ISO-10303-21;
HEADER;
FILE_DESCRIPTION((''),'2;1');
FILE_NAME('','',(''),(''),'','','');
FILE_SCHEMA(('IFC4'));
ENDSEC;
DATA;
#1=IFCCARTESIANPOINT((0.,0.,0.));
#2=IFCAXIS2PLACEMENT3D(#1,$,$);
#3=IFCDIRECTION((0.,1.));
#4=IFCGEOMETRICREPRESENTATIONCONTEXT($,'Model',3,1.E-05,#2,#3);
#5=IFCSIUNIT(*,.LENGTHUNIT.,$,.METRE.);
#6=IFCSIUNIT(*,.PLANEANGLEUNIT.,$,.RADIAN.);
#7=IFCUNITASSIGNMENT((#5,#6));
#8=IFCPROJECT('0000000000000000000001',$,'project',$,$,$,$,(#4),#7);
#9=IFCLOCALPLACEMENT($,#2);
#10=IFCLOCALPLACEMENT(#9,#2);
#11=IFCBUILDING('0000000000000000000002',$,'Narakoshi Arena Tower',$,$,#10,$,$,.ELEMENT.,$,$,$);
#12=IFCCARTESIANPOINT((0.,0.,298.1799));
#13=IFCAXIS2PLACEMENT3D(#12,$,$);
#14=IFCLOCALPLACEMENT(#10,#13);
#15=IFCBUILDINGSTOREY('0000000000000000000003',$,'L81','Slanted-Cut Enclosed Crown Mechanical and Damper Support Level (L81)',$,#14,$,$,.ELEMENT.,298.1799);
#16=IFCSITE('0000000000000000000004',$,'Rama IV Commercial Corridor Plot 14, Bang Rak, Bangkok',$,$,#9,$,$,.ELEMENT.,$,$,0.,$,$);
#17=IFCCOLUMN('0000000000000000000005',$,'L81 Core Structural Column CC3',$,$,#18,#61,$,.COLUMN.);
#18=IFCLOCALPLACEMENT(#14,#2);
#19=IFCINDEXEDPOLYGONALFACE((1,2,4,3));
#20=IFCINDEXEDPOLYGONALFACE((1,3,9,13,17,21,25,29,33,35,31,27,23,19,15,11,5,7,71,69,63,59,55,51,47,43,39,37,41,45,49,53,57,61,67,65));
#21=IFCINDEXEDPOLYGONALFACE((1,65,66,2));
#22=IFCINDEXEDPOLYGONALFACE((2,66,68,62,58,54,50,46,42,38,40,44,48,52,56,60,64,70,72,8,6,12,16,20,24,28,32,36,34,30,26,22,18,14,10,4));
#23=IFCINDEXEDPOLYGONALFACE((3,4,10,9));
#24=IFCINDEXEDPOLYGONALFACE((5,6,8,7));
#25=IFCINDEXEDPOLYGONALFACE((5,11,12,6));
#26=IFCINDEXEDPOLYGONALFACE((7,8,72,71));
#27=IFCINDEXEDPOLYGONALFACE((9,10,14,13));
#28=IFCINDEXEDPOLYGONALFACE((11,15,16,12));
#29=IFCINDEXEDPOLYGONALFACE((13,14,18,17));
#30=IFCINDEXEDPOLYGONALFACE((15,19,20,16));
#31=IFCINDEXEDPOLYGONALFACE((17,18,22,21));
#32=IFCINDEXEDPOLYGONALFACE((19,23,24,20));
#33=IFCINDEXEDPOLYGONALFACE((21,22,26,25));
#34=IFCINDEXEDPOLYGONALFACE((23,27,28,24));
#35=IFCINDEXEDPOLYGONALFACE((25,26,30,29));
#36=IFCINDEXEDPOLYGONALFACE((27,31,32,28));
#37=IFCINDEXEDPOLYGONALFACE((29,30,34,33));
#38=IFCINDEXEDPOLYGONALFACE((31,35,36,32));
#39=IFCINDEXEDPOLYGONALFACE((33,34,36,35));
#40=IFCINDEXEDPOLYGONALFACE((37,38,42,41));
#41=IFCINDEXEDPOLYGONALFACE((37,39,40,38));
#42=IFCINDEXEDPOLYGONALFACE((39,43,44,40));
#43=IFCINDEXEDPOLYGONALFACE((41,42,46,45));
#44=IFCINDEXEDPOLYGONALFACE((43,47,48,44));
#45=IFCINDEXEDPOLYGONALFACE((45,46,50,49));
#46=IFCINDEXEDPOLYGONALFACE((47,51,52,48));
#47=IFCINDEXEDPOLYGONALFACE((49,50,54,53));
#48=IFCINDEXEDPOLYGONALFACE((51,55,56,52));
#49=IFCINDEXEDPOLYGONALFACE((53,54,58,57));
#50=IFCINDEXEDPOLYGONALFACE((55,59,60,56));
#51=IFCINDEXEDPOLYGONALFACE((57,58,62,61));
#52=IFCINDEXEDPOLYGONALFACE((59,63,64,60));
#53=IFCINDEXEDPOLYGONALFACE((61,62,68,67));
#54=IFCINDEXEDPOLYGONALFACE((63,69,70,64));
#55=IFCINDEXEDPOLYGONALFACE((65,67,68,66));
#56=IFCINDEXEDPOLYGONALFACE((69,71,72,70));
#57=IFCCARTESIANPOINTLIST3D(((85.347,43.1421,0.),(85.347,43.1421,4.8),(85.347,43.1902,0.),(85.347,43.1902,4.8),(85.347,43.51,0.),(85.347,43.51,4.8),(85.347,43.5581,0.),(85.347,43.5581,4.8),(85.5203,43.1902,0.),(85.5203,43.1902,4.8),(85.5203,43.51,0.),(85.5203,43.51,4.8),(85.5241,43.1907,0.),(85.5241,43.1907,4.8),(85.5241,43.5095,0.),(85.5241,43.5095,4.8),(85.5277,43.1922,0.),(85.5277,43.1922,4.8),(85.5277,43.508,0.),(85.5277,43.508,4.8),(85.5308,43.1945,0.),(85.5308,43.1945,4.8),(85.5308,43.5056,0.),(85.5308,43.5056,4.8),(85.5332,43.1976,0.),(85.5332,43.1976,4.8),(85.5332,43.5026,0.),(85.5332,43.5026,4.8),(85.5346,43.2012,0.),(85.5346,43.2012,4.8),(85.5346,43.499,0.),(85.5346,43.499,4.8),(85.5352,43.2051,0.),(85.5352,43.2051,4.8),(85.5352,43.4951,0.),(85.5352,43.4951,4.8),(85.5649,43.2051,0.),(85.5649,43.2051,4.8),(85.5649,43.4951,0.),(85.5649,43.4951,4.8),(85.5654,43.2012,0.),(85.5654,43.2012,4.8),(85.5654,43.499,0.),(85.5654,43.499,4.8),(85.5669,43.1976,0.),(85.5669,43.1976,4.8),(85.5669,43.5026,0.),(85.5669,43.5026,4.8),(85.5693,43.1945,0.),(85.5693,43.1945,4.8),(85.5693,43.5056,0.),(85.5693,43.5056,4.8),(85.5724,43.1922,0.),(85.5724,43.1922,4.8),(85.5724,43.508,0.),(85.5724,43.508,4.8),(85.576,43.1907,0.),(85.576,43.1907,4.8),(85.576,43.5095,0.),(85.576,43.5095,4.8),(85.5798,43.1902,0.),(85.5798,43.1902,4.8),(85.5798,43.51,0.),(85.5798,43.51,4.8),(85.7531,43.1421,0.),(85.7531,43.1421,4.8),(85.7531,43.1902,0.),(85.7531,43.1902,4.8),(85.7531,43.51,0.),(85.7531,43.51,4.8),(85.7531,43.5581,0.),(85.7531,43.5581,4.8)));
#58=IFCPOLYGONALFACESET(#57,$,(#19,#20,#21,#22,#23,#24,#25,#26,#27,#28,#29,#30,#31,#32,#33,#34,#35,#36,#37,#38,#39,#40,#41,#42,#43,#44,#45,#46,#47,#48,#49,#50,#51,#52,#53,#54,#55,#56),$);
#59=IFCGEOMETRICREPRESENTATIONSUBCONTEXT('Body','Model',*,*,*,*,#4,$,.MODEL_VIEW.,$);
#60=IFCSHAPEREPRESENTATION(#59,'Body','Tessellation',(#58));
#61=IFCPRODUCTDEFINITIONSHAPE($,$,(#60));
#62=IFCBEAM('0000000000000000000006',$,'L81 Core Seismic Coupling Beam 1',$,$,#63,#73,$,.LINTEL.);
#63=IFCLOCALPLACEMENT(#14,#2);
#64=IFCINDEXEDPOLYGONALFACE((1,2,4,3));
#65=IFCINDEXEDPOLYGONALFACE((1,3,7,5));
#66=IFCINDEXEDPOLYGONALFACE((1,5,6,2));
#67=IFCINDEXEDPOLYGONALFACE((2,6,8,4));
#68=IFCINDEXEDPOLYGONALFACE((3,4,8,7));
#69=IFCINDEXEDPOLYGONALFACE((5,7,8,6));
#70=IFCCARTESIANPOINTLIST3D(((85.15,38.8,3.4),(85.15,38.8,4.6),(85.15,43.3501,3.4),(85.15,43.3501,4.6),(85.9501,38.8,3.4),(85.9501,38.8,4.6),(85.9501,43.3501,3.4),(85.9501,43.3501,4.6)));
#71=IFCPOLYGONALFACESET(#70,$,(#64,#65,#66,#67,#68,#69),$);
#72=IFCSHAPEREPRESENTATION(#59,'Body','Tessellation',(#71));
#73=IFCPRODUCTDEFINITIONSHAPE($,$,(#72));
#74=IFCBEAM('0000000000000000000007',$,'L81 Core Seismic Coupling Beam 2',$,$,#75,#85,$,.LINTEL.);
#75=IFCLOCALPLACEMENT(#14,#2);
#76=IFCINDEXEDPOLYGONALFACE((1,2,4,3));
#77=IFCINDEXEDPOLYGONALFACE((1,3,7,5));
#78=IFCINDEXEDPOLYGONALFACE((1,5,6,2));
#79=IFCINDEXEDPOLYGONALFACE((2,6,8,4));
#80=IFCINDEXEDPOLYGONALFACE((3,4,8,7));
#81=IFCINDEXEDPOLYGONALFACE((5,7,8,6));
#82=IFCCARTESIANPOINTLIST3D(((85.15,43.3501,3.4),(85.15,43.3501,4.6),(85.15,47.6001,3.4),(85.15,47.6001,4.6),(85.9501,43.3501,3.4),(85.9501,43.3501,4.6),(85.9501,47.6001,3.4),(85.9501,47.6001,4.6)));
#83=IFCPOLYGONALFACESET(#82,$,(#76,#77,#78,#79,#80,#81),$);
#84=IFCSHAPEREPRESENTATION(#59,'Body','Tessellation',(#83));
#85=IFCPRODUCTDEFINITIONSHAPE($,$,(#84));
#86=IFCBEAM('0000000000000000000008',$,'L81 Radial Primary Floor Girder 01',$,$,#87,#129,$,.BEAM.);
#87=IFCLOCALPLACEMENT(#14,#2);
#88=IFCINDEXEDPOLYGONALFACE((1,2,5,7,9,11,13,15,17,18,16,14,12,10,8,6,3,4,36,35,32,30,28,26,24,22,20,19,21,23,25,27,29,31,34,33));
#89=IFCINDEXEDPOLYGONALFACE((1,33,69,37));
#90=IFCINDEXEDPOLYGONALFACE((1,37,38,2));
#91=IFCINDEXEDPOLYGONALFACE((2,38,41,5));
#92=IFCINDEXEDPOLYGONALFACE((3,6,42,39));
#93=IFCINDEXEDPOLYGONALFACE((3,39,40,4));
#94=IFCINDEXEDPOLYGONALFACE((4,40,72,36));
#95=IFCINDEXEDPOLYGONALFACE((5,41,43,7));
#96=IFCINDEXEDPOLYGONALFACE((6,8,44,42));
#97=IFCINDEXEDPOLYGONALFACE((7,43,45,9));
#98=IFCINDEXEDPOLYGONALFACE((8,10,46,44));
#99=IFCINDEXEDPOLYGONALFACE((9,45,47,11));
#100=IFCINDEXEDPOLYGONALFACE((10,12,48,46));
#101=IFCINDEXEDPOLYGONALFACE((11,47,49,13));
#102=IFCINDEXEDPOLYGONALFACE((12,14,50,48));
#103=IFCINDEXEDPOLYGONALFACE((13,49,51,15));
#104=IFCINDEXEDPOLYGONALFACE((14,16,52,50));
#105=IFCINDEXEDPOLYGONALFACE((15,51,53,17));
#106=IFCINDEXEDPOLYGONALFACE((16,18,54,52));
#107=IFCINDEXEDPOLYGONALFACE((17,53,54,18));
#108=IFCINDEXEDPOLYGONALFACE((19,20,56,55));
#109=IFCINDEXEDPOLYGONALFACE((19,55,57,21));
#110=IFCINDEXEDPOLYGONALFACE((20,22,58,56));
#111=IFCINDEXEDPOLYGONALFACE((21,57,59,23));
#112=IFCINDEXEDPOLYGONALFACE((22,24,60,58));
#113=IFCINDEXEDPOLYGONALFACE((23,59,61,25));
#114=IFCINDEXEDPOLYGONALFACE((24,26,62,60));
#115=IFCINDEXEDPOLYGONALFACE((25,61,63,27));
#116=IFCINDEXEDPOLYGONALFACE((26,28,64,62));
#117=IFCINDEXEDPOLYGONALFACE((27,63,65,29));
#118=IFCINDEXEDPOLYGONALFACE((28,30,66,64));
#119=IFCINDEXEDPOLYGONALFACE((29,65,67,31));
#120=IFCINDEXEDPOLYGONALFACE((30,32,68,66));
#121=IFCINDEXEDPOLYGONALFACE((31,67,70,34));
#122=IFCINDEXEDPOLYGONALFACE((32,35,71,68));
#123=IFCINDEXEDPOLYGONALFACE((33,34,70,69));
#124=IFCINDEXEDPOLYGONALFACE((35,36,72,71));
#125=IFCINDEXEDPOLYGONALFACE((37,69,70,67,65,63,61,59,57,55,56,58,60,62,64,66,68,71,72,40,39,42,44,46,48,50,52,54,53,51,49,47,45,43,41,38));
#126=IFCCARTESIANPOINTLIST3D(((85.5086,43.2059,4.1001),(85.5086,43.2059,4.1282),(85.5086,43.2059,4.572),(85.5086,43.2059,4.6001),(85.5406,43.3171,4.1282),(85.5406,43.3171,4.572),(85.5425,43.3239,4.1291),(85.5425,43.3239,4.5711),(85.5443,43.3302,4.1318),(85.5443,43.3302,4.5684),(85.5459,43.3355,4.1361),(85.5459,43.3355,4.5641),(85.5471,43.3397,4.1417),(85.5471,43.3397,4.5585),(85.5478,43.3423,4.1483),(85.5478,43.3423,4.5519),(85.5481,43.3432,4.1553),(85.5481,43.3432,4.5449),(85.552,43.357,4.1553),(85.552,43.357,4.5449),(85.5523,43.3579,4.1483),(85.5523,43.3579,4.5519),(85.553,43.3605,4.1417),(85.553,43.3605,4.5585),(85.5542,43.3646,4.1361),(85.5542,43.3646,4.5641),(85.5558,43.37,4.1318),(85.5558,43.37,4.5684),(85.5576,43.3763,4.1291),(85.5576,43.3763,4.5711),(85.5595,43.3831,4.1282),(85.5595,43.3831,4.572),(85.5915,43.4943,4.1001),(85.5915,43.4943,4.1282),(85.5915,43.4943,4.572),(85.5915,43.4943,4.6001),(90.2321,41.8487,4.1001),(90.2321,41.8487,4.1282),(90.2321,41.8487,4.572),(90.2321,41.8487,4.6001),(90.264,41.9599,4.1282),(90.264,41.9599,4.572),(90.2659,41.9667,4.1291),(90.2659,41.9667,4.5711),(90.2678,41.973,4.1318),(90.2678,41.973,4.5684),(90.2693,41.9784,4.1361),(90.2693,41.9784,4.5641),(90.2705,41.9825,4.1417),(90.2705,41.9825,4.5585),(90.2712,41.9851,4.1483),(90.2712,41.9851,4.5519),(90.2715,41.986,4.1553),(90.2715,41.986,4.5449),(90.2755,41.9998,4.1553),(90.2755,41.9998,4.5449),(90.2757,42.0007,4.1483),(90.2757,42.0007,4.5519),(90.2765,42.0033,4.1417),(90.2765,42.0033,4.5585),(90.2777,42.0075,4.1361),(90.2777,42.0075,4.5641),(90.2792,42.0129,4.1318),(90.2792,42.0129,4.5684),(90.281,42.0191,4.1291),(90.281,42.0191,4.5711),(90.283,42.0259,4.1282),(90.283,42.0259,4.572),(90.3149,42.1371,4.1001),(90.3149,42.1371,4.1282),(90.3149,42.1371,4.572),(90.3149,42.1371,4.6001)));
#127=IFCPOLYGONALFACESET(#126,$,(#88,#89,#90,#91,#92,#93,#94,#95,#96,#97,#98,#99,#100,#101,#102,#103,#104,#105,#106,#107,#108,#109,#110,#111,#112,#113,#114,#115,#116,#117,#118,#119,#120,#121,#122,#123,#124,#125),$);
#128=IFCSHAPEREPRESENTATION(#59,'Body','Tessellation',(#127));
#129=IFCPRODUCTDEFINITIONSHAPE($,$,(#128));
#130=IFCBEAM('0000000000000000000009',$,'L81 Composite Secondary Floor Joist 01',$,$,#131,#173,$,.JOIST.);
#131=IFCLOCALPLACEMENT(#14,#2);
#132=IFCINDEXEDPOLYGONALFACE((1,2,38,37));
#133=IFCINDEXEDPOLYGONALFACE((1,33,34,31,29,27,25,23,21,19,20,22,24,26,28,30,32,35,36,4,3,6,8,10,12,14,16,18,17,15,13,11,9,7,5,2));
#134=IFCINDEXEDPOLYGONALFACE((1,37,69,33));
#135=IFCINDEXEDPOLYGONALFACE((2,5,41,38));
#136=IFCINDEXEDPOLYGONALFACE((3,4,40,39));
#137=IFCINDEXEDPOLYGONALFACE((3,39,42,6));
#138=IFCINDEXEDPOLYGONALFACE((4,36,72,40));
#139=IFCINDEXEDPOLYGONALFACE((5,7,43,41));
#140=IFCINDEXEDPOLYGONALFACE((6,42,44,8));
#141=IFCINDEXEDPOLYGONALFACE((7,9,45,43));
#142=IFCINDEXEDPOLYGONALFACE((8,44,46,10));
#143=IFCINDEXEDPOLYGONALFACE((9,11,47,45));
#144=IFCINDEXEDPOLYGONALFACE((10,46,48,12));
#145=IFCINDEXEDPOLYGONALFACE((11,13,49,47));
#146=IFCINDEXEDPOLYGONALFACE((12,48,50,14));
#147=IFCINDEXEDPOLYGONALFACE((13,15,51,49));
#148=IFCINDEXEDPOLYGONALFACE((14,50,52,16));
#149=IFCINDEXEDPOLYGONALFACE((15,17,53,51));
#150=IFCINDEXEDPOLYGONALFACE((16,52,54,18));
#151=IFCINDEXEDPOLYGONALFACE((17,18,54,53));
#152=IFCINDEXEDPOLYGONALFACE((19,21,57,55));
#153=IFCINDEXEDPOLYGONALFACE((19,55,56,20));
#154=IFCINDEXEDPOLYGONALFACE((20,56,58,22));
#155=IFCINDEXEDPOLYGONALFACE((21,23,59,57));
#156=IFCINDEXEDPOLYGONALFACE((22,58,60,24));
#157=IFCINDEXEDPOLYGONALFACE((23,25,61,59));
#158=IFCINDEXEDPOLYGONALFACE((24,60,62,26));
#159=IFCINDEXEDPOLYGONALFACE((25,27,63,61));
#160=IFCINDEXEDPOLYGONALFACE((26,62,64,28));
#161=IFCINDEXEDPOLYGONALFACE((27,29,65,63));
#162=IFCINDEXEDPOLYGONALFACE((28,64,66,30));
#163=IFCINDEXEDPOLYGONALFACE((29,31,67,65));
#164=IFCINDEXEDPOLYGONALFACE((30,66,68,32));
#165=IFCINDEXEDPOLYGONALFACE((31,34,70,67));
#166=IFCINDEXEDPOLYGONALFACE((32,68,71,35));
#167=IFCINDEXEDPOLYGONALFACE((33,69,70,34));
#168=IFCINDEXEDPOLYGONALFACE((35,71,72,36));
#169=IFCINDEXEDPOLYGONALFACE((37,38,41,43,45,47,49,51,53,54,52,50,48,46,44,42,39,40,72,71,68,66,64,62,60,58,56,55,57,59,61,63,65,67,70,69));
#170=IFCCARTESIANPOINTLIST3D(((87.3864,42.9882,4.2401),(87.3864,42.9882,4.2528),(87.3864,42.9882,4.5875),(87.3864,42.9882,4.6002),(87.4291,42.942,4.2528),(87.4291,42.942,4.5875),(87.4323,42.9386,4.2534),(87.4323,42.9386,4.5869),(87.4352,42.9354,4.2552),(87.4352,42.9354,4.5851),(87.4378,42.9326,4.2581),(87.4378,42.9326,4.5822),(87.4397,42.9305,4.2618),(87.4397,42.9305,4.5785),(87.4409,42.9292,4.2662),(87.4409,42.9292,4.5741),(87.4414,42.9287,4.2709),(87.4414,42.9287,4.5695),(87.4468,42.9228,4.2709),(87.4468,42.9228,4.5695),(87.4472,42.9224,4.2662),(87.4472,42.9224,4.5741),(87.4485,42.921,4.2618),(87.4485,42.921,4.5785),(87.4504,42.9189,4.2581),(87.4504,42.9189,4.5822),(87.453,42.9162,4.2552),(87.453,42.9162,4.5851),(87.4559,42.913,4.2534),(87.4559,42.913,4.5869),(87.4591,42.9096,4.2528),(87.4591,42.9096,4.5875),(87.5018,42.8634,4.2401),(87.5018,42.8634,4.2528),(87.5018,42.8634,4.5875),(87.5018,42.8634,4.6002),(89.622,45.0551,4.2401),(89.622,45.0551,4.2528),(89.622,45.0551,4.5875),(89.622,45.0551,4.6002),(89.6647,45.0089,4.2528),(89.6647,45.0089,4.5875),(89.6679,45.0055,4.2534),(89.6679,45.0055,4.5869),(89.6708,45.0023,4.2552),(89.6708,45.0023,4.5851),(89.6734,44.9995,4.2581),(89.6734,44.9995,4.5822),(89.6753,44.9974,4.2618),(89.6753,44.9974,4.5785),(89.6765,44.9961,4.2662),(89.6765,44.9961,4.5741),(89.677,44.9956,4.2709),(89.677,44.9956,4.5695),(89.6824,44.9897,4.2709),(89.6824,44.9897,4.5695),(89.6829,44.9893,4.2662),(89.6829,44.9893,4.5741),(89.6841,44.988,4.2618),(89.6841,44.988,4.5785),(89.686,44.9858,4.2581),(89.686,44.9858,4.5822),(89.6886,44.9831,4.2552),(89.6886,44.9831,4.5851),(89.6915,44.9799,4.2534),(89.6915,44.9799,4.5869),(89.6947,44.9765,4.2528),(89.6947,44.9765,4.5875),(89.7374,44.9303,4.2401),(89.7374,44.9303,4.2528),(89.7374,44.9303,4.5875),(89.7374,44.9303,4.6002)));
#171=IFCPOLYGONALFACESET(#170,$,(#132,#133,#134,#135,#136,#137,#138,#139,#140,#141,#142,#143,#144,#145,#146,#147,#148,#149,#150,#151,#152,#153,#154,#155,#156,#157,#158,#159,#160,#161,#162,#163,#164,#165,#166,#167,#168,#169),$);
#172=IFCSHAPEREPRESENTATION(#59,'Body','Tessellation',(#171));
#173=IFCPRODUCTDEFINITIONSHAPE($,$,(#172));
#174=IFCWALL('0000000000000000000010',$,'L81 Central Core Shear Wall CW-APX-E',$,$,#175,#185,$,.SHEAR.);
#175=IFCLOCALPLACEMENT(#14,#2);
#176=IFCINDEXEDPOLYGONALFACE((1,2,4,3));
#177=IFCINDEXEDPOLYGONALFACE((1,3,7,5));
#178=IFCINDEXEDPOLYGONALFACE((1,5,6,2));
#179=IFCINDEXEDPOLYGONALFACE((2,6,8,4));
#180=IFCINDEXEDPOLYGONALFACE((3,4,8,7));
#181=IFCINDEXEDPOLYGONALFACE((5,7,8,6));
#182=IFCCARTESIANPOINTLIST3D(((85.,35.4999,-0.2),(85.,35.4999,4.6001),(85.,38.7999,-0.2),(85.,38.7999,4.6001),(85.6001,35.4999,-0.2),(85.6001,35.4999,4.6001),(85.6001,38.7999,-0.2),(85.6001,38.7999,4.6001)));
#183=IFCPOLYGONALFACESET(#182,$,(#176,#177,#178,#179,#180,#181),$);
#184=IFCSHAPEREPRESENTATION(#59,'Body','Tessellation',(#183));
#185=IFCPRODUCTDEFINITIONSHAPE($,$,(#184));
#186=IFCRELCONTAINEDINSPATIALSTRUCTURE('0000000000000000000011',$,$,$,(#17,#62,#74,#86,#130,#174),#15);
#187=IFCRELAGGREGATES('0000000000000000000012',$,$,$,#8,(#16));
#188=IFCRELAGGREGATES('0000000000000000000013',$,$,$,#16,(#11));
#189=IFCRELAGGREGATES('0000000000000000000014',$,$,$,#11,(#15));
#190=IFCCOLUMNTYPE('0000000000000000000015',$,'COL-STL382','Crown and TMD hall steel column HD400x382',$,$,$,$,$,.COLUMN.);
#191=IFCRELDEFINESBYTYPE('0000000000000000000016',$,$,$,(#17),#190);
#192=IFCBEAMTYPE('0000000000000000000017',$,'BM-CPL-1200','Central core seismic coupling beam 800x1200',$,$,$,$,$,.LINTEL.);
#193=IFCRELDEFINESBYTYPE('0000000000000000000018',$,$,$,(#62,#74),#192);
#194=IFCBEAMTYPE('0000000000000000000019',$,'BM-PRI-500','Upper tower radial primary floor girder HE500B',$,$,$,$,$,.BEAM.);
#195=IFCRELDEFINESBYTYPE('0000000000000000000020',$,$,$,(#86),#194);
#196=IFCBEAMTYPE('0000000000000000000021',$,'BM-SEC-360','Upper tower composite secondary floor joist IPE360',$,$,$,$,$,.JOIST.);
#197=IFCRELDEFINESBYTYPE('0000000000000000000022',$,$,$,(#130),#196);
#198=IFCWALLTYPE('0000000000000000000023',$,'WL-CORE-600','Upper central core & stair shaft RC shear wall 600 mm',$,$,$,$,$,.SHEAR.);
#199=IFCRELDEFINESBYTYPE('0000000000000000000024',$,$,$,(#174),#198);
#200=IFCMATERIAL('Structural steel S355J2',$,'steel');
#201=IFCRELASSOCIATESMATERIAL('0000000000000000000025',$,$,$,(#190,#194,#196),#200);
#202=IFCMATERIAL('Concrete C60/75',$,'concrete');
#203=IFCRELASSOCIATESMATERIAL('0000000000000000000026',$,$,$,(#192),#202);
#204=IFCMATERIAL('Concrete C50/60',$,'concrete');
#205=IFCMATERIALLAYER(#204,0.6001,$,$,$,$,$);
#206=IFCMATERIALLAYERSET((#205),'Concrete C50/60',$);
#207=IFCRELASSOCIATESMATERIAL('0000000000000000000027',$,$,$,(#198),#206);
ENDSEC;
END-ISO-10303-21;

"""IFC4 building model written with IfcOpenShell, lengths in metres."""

from ifc_helpers import new_model, si_unit, direction, frame, frame_2d, origin, origin_2d, place, context, subcontext, project, spatial, rectangle, i_section, extrude, material, layer, layer_set, material_profile, profile_set, type_object, element, save


model = new_model("IFC4")

# Units and contexts
model_context = context("Model", 3, precision=1e-05, world=origin(), true_north=direction((0.0, 1.0)))
body_context = subcontext(model_context, "Body", "Model", "MODEL_VIEW")
ifc_project = project(units=[si_unit("LENGTHUNIT", "METRE"), si_unit("PLANEANGLEUNIT", "RADIAN")], contexts=[model_context])

# Site, building, storey
site_placement = place(None, origin())
site = spatial("IfcSite", under=ifc_project, at=site_placement, Name="Rama IV Commercial Corridor Plot 14, Bang Rak, Bangkok", CompositionType="ELEMENT", RefElevation=0.0)
building_placement = place(site_placement, origin())
building = spatial("IfcBuilding", under=site, at=building_placement, Name="Narakoshi Arena Tower", CompositionType="ELEMENT")
storey_placement = place(building_placement, frame((0.0, 0.0, 298.1799)))
storey = spatial("IfcBuildingStorey", under=building, at=storey_placement, Name="L81", Description="Slanted-Cut Enclosed Crown Mechanical and Damper Support Level (L81)", CompositionType="ELEMENT", Elevation=298.1799)

# Column
ifc_material_1 = material(Name="Structural steel S355J2", Category="steel")
ifc_material_profile_1 = material_profile(ifc_material_1, i_section(OverallWidth=0.406, OverallDepth=0.416, WebThickness=0.0298, FlangeThickness=0.0481, FilletRadius=0.0149, at=origin_2d()), Name="HD400x382")
ifc_profile_set_1 = profile_set([ifc_material_profile_1], Name="Structural steel S355J2")
column_type = type_object("IfcColumnType", Name="COL-STL382", Description="Crown and TMD hall steel column HD400x382", PredefinedType="COLUMN", material=ifc_profile_set_1)
column_placement = place(storey_placement, frame((85.55, 43.3501, 0.0), z_axis=(0.0, 0.0, 1.0), x_axis=(1.0, 0.0, 0.0)))
element("IfcColumn", 1, at=column_placement, inside=storey, type_object=column_type, Name="L81 Core Structural Column CC3", PredefinedType="COLUMN", context=body_context, shape_type="SweptSolid", body=[
    extrude(i_section(OverallWidth=0.406, OverallDepth=0.416, WebThickness=0.0298, FlangeThickness=0.0481, FilletRadius=0.0149, at=origin_2d()), origin(), (0.0, 0.0, 1.0), 4.8),
])

# Beams
ifc_material_2 = material(Name="Concrete C60/75", Category="concrete")
ifc_material_profile_2 = material_profile(ifc_material_2, rectangle(XDim=0.8, YDim=1.2, at=origin_2d()), Name="RCB800x1200")
ifc_profile_set_2 = profile_set([ifc_material_profile_2], Name="Concrete C60/75")
beam_type_1 = type_object("IfcBeamType", Name="BM-CPL-1200", Description="Central core seismic coupling beam 800x1200", PredefinedType="LINTEL", material=ifc_profile_set_2)
beam_1_placement = place(storey_placement, frame((85.55, 38.8, 4.0), z_axis=(0.0, 1.0, 0.0), x_axis=(-1.0, 0.0, 0.0)))
element("IfcBeam", 2, at=beam_1_placement, inside=storey, type_object=beam_type_1, Name="L81 Core Seismic Coupling Beam 1", PredefinedType="LINTEL", context=body_context, shape_type="SweptSolid", body=[
    extrude(rectangle(XDim=0.8, YDim=1.2, at=origin_2d()), origin(), (0.0, 0.0, 1.0), 4.55),
])
beam_2_placement = place(storey_placement, frame((85.55, 43.3501, 4.0), z_axis=(0.0, 1.0, 0.0), x_axis=(-1.0, 0.0, 0.0)))
element("IfcBeam", 3, at=beam_2_placement, inside=storey, type_object=beam_type_1, Name="L81 Core Seismic Coupling Beam 2", PredefinedType="LINTEL", context=body_context, shape_type="SweptSolid", body=[
    extrude(rectangle(XDim=0.8, YDim=1.2, at=origin_2d()), origin(), (0.0, 0.0, 1.0), 4.25),
])
ifc_material_profile_3 = material_profile(ifc_material_1, i_section(OverallWidth=0.3, OverallDepth=0.5, WebThickness=0.0144, FlangeThickness=0.0281, FilletRadius=0.0271, at=origin_2d()), Name="HE500B")
ifc_profile_set_3 = profile_set([ifc_material_profile_3], Name="Structural steel S355J2")
beam_type_2 = type_object("IfcBeamType", Name="BM-PRI-500", Description="Upper tower radial primary floor girder HE500B", PredefinedType="BEAM", material=ifc_profile_set_3)
beam_3_placement = place(storey_placement, frame((85.55, 43.3501, 4.3501), z_axis=(0.961112, -0.276158, 0.0), x_axis=(0.276158, 0.961112, 0.0)))
element("IfcBeam", 4, at=beam_3_placement, inside=storey, type_object=beam_type_2, Name="L81 Radial Primary Floor Girder 01", PredefinedType="BEAM", context=body_context, shape_type="SweptSolid", body=[
    extrude(i_section(OverallWidth=0.3, OverallDepth=0.5, WebThickness=0.0144, FlangeThickness=0.0281, FilletRadius=0.0271, at=origin_2d()), origin(), (0.0, 0.0, 1.0), 4.9146),
])
ifc_material_profile_4 = material_profile(ifc_material_1, i_section(OverallWidth=0.1699, OverallDepth=0.3601, WebThickness=0.0081, FlangeThickness=0.0127, FilletRadius=0.0181, at=origin_2d()), Name="IPE360")
ifc_profile_set_4 = profile_set([ifc_material_profile_4], Name="Structural steel S355J2")
beam_type_3 = type_object("IfcBeamType", Name="BM-SEC-360", Description="Upper tower composite secondary floor joist IPE360", PredefinedType="JOIST", material=ifc_profile_set_4)
beam_4_placement = place(storey_placement, frame((87.4441, 42.9258, 4.4202), z_axis=(0.734268, 0.678859, 0.0), x_axis=(-0.678859, 0.734268, 0.0)))
element("IfcBeam", 5, at=beam_4_placement, inside=storey, type_object=beam_type_3, Name="L81 Composite Secondary Floor Joist 01", PredefinedType="JOIST", context=body_context, shape_type="SweptSolid", body=[
    extrude(i_section(OverallWidth=0.1699, OverallDepth=0.3601, WebThickness=0.0081, FlangeThickness=0.0127, FilletRadius=0.0181, at=origin_2d()), origin(), (0.0, 0.0, 1.0), 3.0447),
])

# Wall
ifc_material_3 = material(Name="Concrete C50/60", Category="concrete")
ifc_layer_1 = layer(ifc_material_3, 0.6001)
ifc_layer_set_1 = layer_set([ifc_layer_1], Name="Concrete C50/60")
wall_type_1 = type_object("IfcWallType", Name="WL-CORE-600", Description="Upper central core & stair shaft RC shear wall 600 mm", PredefinedType="SHEAR", material=ifc_layer_set_1)
wall_1_placement = place(storey_placement, frame((85.3, 35.5, -0.2), z_axis=(0.0, 0.0, 1.0), x_axis=(0.0, 1.0, 0.0)))
element("IfcWall", 6, at=wall_1_placement, inside=storey, type_object=wall_type_1, Name="L81 Central Core Shear Wall CW-APX-E", PredefinedType="SHEAR", context=body_context, shape_type="SweptSolid", body=[
    extrude(rectangle(XDim=3.3, YDim=0.6001, at=frame_2d((1.6499, 0.0))), origin(), (0.0, 0.0, 1.0), 4.8),
])

save(model, "model.ifc")
